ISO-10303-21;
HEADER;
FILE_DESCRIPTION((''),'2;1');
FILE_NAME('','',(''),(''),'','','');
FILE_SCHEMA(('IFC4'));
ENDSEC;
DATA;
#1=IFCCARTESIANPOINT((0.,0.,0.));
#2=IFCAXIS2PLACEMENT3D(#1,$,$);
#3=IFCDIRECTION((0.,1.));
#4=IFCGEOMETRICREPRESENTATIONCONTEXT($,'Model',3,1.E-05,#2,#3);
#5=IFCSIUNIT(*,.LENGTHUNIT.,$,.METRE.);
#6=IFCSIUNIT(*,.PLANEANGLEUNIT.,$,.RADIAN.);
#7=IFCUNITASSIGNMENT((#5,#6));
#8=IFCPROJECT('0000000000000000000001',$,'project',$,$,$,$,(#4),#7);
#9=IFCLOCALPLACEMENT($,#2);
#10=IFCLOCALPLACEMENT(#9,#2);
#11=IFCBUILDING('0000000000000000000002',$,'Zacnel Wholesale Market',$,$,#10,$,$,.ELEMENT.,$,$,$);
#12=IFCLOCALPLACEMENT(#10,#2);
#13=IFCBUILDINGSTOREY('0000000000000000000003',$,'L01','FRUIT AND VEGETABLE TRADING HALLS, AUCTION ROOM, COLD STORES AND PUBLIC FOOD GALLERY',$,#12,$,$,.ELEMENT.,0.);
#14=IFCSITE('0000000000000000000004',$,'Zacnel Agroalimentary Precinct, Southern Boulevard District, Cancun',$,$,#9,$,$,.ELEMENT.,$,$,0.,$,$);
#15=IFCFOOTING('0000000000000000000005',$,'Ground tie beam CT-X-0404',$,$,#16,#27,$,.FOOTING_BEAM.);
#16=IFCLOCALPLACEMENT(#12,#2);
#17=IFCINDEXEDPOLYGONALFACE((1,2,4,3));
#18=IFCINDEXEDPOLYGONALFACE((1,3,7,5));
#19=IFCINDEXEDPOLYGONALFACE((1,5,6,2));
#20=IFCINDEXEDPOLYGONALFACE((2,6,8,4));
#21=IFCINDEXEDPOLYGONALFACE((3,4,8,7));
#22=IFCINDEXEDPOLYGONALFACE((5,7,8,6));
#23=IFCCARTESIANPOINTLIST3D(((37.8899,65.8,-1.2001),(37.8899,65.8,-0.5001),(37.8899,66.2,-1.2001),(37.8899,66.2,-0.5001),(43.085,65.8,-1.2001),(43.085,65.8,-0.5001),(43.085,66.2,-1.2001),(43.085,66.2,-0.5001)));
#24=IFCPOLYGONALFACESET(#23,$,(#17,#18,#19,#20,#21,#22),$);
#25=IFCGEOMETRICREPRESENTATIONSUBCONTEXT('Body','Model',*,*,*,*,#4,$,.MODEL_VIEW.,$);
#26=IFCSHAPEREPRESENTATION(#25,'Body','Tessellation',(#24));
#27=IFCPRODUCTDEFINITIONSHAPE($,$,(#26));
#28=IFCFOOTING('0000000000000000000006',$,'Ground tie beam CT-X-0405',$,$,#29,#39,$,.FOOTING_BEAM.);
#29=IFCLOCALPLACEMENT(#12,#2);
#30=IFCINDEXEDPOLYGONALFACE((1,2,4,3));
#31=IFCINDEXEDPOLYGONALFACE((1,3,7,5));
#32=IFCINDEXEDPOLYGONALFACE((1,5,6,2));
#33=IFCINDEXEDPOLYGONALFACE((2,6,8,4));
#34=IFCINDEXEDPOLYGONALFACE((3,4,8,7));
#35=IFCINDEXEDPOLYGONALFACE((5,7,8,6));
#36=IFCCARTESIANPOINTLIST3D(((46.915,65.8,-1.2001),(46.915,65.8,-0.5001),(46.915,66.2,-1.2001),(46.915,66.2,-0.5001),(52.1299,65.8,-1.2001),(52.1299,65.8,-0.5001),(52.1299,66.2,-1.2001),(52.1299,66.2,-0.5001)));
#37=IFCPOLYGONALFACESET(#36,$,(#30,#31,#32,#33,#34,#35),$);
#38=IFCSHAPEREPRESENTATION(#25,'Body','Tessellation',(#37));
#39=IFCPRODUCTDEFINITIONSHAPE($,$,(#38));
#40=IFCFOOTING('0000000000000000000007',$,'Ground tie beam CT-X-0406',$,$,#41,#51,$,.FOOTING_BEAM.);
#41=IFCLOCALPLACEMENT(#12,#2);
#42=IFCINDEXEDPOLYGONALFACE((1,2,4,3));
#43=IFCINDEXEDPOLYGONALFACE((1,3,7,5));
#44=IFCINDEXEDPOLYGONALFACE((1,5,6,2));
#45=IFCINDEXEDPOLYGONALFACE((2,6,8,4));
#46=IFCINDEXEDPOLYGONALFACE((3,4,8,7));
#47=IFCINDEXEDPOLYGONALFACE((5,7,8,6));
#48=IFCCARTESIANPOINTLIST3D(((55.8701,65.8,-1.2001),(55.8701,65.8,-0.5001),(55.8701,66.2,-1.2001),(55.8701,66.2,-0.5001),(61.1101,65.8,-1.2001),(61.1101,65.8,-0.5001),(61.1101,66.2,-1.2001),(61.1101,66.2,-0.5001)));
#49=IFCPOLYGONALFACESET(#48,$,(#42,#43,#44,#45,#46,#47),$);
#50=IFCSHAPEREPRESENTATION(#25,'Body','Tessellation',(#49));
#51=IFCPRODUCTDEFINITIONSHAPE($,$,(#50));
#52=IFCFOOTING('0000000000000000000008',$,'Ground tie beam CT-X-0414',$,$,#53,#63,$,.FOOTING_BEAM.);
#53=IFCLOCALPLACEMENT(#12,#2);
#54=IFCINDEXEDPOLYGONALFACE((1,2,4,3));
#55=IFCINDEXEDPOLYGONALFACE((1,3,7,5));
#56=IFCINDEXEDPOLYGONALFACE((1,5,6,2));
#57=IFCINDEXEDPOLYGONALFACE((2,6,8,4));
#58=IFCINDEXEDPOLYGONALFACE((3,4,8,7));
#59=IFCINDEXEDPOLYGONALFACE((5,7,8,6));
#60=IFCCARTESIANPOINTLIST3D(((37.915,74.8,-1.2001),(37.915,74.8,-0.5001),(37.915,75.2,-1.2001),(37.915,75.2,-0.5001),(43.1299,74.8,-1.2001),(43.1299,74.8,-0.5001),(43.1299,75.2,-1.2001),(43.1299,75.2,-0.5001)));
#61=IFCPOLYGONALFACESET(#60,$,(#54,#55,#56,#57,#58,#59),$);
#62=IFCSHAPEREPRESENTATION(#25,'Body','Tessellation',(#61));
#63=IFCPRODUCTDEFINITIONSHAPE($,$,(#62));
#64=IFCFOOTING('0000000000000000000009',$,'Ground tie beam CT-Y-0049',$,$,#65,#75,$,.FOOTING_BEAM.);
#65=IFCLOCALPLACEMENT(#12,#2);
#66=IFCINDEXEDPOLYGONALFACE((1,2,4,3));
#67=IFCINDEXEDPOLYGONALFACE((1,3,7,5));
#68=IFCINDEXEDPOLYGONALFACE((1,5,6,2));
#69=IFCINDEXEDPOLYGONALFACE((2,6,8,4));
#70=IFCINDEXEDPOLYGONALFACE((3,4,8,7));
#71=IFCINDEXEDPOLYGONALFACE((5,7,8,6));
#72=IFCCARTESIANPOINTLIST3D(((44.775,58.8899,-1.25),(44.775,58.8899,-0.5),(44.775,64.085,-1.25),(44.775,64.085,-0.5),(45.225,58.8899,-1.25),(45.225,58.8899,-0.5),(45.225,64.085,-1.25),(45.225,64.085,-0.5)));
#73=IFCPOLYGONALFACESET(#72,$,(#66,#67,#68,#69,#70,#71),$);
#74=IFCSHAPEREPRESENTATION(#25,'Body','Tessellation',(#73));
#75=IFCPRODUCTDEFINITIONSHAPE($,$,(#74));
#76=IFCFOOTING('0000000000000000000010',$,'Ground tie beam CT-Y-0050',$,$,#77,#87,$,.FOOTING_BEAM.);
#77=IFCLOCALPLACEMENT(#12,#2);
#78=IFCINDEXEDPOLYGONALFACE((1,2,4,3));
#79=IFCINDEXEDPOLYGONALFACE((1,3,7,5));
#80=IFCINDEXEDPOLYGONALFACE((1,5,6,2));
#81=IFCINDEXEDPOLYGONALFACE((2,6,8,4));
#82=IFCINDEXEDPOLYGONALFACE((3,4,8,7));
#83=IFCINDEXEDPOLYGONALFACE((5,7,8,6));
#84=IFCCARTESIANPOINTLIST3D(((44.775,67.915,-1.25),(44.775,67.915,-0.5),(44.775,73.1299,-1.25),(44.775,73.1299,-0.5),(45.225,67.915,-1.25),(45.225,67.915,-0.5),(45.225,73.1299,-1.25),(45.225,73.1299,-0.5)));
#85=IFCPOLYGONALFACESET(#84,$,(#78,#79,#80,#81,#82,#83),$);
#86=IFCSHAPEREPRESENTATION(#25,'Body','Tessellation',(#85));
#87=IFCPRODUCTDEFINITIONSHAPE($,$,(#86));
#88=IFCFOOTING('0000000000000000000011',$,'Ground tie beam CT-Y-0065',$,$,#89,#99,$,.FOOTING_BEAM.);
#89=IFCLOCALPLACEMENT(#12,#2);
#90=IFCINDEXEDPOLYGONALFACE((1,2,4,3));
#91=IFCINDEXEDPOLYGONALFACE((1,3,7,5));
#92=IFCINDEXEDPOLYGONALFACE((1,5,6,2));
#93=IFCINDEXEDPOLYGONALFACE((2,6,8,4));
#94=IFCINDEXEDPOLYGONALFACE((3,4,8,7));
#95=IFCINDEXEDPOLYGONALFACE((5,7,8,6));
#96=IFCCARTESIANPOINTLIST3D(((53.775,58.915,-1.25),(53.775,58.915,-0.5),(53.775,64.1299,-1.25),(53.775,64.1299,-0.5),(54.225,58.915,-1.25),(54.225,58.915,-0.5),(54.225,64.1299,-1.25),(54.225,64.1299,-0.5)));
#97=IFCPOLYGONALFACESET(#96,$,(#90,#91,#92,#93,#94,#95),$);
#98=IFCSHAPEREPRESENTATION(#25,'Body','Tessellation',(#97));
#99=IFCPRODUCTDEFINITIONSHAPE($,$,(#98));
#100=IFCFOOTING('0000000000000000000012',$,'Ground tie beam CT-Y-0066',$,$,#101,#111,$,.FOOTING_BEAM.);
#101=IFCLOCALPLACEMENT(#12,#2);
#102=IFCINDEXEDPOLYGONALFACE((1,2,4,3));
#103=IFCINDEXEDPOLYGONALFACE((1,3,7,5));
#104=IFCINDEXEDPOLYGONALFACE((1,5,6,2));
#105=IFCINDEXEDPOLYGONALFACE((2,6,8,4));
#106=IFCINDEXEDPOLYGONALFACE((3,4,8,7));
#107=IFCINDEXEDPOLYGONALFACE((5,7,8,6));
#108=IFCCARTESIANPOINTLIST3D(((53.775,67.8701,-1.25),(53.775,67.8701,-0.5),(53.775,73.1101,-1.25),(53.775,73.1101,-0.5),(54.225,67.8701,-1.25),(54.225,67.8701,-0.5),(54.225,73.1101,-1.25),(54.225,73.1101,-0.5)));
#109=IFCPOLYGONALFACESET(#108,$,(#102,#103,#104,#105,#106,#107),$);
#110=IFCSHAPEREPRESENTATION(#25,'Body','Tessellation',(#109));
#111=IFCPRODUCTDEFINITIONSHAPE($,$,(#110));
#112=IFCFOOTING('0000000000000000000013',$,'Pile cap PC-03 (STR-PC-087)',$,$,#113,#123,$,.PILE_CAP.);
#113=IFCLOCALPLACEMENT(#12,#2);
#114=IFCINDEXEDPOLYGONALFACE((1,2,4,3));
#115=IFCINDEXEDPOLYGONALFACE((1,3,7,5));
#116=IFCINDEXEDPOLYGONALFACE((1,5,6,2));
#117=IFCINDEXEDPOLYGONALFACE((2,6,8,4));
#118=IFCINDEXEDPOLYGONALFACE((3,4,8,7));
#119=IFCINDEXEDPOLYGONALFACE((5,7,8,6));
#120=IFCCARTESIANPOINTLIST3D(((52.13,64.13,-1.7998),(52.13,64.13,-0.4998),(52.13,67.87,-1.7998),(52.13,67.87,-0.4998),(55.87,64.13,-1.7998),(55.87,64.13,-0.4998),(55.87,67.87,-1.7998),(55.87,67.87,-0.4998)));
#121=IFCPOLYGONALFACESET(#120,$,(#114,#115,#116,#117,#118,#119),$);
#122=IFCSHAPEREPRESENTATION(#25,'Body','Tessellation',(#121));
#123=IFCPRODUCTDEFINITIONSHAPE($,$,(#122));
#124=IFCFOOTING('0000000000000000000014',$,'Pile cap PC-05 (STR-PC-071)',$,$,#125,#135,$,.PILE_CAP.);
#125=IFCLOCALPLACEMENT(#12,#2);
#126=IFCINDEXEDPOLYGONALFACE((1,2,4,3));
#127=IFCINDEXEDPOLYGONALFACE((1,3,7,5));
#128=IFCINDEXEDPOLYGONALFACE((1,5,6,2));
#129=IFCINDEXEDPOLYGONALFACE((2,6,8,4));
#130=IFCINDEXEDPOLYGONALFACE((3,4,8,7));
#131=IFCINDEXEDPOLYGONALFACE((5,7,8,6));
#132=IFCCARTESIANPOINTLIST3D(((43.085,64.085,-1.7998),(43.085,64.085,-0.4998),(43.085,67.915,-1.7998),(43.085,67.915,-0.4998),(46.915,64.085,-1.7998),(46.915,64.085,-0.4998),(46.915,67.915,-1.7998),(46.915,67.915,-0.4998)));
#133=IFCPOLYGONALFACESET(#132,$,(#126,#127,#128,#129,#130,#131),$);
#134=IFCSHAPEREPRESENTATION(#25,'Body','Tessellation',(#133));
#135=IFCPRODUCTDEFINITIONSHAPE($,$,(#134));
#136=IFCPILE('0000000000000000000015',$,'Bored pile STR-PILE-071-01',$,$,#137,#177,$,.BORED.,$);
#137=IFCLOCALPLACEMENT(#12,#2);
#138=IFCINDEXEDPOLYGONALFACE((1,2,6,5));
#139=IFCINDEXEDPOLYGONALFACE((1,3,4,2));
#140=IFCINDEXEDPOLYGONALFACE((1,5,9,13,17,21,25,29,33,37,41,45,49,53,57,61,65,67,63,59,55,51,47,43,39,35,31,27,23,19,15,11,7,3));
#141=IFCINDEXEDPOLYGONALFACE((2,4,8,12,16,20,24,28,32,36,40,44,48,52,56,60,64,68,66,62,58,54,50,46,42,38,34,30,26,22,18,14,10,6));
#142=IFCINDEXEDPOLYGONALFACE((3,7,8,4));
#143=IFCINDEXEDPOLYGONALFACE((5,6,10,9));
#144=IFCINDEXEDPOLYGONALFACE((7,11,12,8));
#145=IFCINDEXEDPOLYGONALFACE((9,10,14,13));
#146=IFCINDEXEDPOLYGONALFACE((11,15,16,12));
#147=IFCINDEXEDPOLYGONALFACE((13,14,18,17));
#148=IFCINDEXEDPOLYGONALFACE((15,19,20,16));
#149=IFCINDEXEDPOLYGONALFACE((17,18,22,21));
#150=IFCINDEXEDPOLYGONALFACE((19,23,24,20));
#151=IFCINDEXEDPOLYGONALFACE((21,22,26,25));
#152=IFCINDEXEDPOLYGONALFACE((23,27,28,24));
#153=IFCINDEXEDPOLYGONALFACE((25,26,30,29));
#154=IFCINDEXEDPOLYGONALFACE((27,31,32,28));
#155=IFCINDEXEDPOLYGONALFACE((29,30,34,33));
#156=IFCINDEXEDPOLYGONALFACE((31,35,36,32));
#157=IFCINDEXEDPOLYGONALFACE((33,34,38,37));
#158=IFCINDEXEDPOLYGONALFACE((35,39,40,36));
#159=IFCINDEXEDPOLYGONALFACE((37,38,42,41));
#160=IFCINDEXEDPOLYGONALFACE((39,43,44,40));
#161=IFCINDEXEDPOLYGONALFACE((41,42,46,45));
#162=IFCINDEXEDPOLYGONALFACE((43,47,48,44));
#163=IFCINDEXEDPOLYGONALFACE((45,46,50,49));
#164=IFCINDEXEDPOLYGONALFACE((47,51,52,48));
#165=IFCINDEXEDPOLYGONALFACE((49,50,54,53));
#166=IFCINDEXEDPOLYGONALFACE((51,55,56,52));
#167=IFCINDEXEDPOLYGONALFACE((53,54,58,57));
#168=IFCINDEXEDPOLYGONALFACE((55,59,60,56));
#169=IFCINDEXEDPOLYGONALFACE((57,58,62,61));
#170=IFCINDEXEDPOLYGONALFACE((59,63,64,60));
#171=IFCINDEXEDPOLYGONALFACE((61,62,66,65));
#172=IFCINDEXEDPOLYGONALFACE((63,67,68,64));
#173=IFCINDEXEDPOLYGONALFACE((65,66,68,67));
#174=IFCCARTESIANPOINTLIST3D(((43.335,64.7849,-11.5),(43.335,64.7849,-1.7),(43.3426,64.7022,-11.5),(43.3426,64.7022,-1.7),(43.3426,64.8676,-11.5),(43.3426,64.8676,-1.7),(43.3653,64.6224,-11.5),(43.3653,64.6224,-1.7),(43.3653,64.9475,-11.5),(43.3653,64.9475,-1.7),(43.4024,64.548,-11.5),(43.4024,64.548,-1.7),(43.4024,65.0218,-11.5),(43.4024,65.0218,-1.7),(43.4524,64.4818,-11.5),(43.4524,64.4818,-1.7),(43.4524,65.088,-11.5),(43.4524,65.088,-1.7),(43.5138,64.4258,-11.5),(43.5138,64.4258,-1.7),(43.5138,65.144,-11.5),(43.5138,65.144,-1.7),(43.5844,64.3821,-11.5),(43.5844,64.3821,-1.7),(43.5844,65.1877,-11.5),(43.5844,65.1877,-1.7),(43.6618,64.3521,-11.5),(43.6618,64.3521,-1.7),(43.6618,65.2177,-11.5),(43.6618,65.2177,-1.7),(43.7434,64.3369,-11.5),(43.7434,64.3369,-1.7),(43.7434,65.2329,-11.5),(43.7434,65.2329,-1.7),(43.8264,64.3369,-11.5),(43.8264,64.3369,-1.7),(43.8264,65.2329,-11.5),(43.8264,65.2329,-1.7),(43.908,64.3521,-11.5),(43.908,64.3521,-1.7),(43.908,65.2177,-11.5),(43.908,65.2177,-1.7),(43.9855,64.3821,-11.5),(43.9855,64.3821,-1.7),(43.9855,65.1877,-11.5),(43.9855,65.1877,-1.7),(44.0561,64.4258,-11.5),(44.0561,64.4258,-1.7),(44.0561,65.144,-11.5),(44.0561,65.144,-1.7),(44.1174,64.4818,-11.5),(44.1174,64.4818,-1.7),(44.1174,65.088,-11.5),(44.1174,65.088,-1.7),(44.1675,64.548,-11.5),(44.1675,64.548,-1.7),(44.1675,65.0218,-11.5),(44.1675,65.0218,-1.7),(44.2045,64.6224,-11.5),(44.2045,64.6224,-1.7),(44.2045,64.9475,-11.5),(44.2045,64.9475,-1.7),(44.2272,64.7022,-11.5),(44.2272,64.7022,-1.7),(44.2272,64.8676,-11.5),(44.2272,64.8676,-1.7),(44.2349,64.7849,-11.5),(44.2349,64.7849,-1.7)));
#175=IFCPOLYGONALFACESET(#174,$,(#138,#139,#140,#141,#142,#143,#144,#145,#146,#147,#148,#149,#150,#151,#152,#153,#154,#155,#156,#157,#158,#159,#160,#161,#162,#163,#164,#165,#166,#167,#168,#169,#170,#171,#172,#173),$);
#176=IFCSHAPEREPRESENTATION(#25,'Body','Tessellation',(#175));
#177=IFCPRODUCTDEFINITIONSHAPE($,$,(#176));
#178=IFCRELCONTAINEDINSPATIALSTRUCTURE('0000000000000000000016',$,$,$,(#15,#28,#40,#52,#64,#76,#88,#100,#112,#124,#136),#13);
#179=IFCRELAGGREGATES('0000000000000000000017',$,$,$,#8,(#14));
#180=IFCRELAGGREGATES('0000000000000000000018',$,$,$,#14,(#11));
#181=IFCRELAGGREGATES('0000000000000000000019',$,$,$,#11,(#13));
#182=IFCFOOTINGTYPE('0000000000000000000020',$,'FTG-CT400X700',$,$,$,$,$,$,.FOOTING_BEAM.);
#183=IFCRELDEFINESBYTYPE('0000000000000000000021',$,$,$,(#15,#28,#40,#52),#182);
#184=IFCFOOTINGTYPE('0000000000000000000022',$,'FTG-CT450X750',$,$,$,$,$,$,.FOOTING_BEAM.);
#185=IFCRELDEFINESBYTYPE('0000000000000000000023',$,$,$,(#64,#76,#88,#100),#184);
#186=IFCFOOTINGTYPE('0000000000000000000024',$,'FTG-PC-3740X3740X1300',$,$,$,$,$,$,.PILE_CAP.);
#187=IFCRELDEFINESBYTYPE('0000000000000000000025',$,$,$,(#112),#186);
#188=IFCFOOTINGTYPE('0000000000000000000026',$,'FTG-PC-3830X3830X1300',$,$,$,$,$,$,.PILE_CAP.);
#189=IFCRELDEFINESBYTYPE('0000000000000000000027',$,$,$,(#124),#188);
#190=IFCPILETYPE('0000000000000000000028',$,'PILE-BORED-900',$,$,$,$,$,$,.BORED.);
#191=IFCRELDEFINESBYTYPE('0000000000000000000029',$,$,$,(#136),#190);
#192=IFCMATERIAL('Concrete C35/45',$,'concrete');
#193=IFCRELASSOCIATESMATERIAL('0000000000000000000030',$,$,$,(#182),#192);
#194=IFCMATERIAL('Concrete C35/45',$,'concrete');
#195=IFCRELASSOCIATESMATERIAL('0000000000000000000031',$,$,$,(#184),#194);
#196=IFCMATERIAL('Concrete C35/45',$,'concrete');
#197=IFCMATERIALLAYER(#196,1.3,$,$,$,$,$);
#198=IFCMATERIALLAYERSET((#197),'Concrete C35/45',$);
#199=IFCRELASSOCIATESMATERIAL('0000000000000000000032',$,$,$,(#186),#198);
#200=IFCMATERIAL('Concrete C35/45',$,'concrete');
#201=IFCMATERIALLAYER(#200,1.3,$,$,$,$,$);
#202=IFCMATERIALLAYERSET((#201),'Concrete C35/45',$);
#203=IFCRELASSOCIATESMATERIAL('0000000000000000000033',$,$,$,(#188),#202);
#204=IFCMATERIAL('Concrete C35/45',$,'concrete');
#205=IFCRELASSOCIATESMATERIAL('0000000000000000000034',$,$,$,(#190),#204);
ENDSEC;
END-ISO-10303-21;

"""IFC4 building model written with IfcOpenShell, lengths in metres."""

from ifc_helpers import new_model, si_unit, direction, frame, origin, origin_2d, place, context, subcontext, project, spatial, rectangle, circle, extrude, material, layer, layer_set, material_profile, profile_set, type_object, element, save


model = new_model("IFC4")

# Units and contexts
model_context = context("Model", 3, precision=1e-05, world=origin(), true_north=direction((0.0, 1.0)))
body_context = subcontext(model_context, "Body", "Model", "MODEL_VIEW")
ifc_project = project(units=[si_unit("LENGTHUNIT", "METRE"), si_unit("PLANEANGLEUNIT", "RADIAN")], contexts=[model_context])

# Site, building, storey
site_placement = place(None, origin())
site = spatial("IfcSite", under=ifc_project, at=site_placement, Name="Zacnel Agroalimentary Precinct, Southern Boulevard District, Cancun", CompositionType="ELEMENT", RefElevation=0.0)
building_placement = place(site_placement, origin())
building = spatial("IfcBuilding", under=site, at=building_placement, Name="Zacnel Wholesale Market", CompositionType="ELEMENT")
storey_placement = place(building_placement, origin())
storey = spatial("IfcBuildingStorey", under=building, at=storey_placement, Name="L01", Description="FRUIT AND VEGETABLE TRADING HALLS, AUCTION ROOM, COLD STORES AND PUBLIC FOOD GALLERY", CompositionType="ELEMENT", Elevation=0.0)

# Footings
ifc_material_1 = material(Name="Concrete C35/45", Category="concrete")
ifc_material_profile_1 = material_profile(ifc_material_1, rectangle(XDim=0.3999, YDim=0.7, at=origin_2d()), Name="CT 400x700")
ifc_profile_set_1 = profile_set([ifc_material_profile_1], Name="Concrete C35/45")
footing_type_1 = type_object("IfcFootingType", Name="FTG-CT400X700", PredefinedType="FOOTING_BEAM", material=ifc_profile_set_1)
footing_1_placement = place(storey_placement, frame((37.8899, 66.0, -0.8501), z_axis=(1.0, 0.0, 0.0), x_axis=(0.0, 1.0, 0.0)))
element("IfcFooting", 1, at=footing_1_placement, inside=storey, type_object=footing_type_1, Name="Ground tie beam CT-X-0404", PredefinedType="FOOTING_BEAM", context=body_context, shape_type="SweptSolid", body=[
    extrude(rectangle(XDim=0.3999, YDim=0.7, at=origin_2d()), origin(), (0.0, 0.0, 1.0), 5.1951),
])
footing_2_placement = place(storey_placement, frame((46.915, 66.0, -0.8501), z_axis=(1.0, 0.0, 0.0), x_axis=(0.0, 1.0, 0.0)))
element("IfcFooting", 2, at=footing_2_placement, inside=storey, type_object=footing_type_1, Name="Ground tie beam CT-X-0405", PredefinedType="FOOTING_BEAM", context=body_context, shape_type="SweptSolid", body=[
    extrude(rectangle(XDim=0.3999, YDim=0.7, at=origin_2d()), origin(), (0.0, 0.0, 1.0), 5.2148),
])
footing_3_placement = place(storey_placement, frame((55.8701, 66.0, -0.8501), z_axis=(1.0, 0.0, 0.0), x_axis=(0.0, 1.0, 0.0)))
element("IfcFooting", 3, at=footing_3_placement, inside=storey, type_object=footing_type_1, Name="Ground tie beam CT-X-0406", PredefinedType="FOOTING_BEAM", context=body_context, shape_type="SweptSolid", body=[
    extrude(rectangle(XDim=0.3999, YDim=0.7, at=origin_2d()), origin(), (0.0, 0.0, 1.0), 5.24),
])
footing_4_placement = place(storey_placement, frame((37.915, 75.0, -0.8501), z_axis=(1.0, 0.0, 0.0), x_axis=(0.0, 1.0, 0.0)))
element("IfcFooting", 4, at=footing_4_placement, inside=storey, type_object=footing_type_1, Name="Ground tie beam CT-X-0414", PredefinedType="FOOTING_BEAM", context=body_context, shape_type="SweptSolid", body=[
    extrude(rectangle(XDim=0.3999, YDim=0.7, at=origin_2d()), origin(), (0.0, 0.0, 1.0), 5.2148),
])
ifc_material_2 = material(Name="Concrete C35/45", Category="concrete")
ifc_material_profile_2 = material_profile(ifc_material_2, rectangle(XDim=0.45, YDim=0.75, at=origin_2d()), Name="CT 450x750")
ifc_profile_set_2 = profile_set([ifc_material_profile_2], Name="Concrete C35/45")
footing_type_2 = type_object("IfcFootingType", Name="FTG-CT450X750", PredefinedType="FOOTING_BEAM", material=ifc_profile_set_2)
footing_5_placement = place(storey_placement, frame((45.0, 58.8899, -0.875), z_axis=(0.0, 1.0, 0.0), x_axis=(-1.0, 0.0, 0.0)))
element("IfcFooting", 5, at=footing_5_placement, inside=storey, type_object=footing_type_2, Name="Ground tie beam CT-Y-0049", PredefinedType="FOOTING_BEAM", context=body_context, shape_type="SweptSolid", body=[
    extrude(rectangle(XDim=0.45, YDim=0.75, at=origin_2d()), origin(), (0.0, 0.0, 1.0), 5.1951),
])
for number, where, z_axis, x_axis, name in (
    (6, (45.0, 67.915, -0.875), (0.0, 1.0, 0.0), (-1.0, 0.0, 0.0), "Ground tie beam CT-Y-0050"),
    (7, (54.0, 58.915, -0.875), (0.0, 1.0, 0.0), (-1.0, 0.0, 0.0), "Ground tie beam CT-Y-0065"),
):
    element("IfcFooting", number, at=place(storey_placement, frame(where, z_axis=z_axis, x_axis=x_axis)), inside=storey, type_object=footing_type_2, Name=name, PredefinedType="FOOTING_BEAM", context=body_context, shape_type="SweptSolid", body=[
        extrude(rectangle(XDim=0.45, YDim=0.75, at=origin_2d()), origin(), (0.0, 0.0, 1.0), 5.2148),
    ])
footing_6_placement = place(storey_placement, frame((54.0, 67.8701, -0.875), z_axis=(0.0, 1.0, 0.0), x_axis=(-1.0, 0.0, 0.0)))
element("IfcFooting", 8, at=footing_6_placement, inside=storey, type_object=footing_type_2, Name="Ground tie beam CT-Y-0066", PredefinedType="FOOTING_BEAM", context=body_context, shape_type="SweptSolid", body=[
    extrude(rectangle(XDim=0.45, YDim=0.75, at=origin_2d()), origin(), (0.0, 0.0, 1.0), 5.24),
])
ifc_material_3 = material(Name="Concrete C35/45", Category="concrete")
ifc_layer_1 = layer(ifc_material_3, 1.3)
ifc_layer_set_1 = layer_set([ifc_layer_1], Name="Concrete C35/45")
footing_type_3 = type_object("IfcFootingType", Name="FTG-PC-3740X3740X1300", PredefinedType="PILE_CAP", material=ifc_layer_set_1)
footing_7_placement = place(storey_placement, frame((54.0, 66.0, -1.7998), z_axis=(0.0, 0.0, 1.0), x_axis=(1.0, 0.0, 0.0)))
element("IfcFooting", 9, at=footing_7_placement, inside=storey, type_object=footing_type_3, Name="Pile cap PC-03 (STR-PC-087)", PredefinedType="PILE_CAP", context=body_context, shape_type="SweptSolid", body=[
    extrude(rectangle(XDim=3.74, YDim=3.74, at=origin_2d()), origin(), (0.0, 0.0, 1.0), 1.3),
])
ifc_material_4 = material(Name="Concrete C35/45", Category="concrete")
ifc_layer_2 = layer(ifc_material_4, 1.3)
ifc_layer_set_2 = layer_set([ifc_layer_2], Name="Concrete C35/45")
footing_type_4 = type_object("IfcFootingType", Name="FTG-PC-3830X3830X1300", PredefinedType="PILE_CAP", material=ifc_layer_set_2)
footing_8_placement = place(storey_placement, frame((45.0, 66.0, -1.7998), z_axis=(0.0, 0.0, 1.0), x_axis=(1.0, 0.0, 0.0)))
element("IfcFooting", 10, at=footing_8_placement, inside=storey, type_object=footing_type_4, Name="Pile cap PC-05 (STR-PC-071)", PredefinedType="PILE_CAP", context=body_context, shape_type="SweptSolid", body=[
    extrude(rectangle(XDim=3.8301, YDim=3.8301, at=origin_2d()), origin(), (0.0, 0.0, 1.0), 1.3),
])

# Pile
ifc_material_5 = material(Name="Concrete C35/45", Category="concrete")
ifc_material_profile_3 = material_profile(ifc_material_5, circle(Radius=0.45, at=origin_2d()), Name="BORED PILE D900")
ifc_profile_set_3 = profile_set([ifc_material_profile_3], Name="Concrete C35/45")
pile_type = type_object("IfcPileType", Name="PILE-BORED-900", PredefinedType="BORED", material=ifc_profile_set_3)
for number, where, z_axis, x_axis, name in (
    (11, (43.7849, 64.7849, -1.7), (0.0, 0.0, -1.0), (1.0, 0.0, 0.0), "Bored pile STR-PILE-071-01"),
):
    element("IfcPile", number, at=place(storey_placement, frame(where, z_axis=z_axis, x_axis=x_axis)), inside=storey, type_object=pile_type, Name=name, PredefinedType="BORED", context=body_context, shape_type="SweptSolid", body=[
        extrude(circle(Radius=0.45, at=origin_2d()), origin(), (0.0, 0.0, 1.0), 9.8),
    ])

save(model, "model.ifc")
